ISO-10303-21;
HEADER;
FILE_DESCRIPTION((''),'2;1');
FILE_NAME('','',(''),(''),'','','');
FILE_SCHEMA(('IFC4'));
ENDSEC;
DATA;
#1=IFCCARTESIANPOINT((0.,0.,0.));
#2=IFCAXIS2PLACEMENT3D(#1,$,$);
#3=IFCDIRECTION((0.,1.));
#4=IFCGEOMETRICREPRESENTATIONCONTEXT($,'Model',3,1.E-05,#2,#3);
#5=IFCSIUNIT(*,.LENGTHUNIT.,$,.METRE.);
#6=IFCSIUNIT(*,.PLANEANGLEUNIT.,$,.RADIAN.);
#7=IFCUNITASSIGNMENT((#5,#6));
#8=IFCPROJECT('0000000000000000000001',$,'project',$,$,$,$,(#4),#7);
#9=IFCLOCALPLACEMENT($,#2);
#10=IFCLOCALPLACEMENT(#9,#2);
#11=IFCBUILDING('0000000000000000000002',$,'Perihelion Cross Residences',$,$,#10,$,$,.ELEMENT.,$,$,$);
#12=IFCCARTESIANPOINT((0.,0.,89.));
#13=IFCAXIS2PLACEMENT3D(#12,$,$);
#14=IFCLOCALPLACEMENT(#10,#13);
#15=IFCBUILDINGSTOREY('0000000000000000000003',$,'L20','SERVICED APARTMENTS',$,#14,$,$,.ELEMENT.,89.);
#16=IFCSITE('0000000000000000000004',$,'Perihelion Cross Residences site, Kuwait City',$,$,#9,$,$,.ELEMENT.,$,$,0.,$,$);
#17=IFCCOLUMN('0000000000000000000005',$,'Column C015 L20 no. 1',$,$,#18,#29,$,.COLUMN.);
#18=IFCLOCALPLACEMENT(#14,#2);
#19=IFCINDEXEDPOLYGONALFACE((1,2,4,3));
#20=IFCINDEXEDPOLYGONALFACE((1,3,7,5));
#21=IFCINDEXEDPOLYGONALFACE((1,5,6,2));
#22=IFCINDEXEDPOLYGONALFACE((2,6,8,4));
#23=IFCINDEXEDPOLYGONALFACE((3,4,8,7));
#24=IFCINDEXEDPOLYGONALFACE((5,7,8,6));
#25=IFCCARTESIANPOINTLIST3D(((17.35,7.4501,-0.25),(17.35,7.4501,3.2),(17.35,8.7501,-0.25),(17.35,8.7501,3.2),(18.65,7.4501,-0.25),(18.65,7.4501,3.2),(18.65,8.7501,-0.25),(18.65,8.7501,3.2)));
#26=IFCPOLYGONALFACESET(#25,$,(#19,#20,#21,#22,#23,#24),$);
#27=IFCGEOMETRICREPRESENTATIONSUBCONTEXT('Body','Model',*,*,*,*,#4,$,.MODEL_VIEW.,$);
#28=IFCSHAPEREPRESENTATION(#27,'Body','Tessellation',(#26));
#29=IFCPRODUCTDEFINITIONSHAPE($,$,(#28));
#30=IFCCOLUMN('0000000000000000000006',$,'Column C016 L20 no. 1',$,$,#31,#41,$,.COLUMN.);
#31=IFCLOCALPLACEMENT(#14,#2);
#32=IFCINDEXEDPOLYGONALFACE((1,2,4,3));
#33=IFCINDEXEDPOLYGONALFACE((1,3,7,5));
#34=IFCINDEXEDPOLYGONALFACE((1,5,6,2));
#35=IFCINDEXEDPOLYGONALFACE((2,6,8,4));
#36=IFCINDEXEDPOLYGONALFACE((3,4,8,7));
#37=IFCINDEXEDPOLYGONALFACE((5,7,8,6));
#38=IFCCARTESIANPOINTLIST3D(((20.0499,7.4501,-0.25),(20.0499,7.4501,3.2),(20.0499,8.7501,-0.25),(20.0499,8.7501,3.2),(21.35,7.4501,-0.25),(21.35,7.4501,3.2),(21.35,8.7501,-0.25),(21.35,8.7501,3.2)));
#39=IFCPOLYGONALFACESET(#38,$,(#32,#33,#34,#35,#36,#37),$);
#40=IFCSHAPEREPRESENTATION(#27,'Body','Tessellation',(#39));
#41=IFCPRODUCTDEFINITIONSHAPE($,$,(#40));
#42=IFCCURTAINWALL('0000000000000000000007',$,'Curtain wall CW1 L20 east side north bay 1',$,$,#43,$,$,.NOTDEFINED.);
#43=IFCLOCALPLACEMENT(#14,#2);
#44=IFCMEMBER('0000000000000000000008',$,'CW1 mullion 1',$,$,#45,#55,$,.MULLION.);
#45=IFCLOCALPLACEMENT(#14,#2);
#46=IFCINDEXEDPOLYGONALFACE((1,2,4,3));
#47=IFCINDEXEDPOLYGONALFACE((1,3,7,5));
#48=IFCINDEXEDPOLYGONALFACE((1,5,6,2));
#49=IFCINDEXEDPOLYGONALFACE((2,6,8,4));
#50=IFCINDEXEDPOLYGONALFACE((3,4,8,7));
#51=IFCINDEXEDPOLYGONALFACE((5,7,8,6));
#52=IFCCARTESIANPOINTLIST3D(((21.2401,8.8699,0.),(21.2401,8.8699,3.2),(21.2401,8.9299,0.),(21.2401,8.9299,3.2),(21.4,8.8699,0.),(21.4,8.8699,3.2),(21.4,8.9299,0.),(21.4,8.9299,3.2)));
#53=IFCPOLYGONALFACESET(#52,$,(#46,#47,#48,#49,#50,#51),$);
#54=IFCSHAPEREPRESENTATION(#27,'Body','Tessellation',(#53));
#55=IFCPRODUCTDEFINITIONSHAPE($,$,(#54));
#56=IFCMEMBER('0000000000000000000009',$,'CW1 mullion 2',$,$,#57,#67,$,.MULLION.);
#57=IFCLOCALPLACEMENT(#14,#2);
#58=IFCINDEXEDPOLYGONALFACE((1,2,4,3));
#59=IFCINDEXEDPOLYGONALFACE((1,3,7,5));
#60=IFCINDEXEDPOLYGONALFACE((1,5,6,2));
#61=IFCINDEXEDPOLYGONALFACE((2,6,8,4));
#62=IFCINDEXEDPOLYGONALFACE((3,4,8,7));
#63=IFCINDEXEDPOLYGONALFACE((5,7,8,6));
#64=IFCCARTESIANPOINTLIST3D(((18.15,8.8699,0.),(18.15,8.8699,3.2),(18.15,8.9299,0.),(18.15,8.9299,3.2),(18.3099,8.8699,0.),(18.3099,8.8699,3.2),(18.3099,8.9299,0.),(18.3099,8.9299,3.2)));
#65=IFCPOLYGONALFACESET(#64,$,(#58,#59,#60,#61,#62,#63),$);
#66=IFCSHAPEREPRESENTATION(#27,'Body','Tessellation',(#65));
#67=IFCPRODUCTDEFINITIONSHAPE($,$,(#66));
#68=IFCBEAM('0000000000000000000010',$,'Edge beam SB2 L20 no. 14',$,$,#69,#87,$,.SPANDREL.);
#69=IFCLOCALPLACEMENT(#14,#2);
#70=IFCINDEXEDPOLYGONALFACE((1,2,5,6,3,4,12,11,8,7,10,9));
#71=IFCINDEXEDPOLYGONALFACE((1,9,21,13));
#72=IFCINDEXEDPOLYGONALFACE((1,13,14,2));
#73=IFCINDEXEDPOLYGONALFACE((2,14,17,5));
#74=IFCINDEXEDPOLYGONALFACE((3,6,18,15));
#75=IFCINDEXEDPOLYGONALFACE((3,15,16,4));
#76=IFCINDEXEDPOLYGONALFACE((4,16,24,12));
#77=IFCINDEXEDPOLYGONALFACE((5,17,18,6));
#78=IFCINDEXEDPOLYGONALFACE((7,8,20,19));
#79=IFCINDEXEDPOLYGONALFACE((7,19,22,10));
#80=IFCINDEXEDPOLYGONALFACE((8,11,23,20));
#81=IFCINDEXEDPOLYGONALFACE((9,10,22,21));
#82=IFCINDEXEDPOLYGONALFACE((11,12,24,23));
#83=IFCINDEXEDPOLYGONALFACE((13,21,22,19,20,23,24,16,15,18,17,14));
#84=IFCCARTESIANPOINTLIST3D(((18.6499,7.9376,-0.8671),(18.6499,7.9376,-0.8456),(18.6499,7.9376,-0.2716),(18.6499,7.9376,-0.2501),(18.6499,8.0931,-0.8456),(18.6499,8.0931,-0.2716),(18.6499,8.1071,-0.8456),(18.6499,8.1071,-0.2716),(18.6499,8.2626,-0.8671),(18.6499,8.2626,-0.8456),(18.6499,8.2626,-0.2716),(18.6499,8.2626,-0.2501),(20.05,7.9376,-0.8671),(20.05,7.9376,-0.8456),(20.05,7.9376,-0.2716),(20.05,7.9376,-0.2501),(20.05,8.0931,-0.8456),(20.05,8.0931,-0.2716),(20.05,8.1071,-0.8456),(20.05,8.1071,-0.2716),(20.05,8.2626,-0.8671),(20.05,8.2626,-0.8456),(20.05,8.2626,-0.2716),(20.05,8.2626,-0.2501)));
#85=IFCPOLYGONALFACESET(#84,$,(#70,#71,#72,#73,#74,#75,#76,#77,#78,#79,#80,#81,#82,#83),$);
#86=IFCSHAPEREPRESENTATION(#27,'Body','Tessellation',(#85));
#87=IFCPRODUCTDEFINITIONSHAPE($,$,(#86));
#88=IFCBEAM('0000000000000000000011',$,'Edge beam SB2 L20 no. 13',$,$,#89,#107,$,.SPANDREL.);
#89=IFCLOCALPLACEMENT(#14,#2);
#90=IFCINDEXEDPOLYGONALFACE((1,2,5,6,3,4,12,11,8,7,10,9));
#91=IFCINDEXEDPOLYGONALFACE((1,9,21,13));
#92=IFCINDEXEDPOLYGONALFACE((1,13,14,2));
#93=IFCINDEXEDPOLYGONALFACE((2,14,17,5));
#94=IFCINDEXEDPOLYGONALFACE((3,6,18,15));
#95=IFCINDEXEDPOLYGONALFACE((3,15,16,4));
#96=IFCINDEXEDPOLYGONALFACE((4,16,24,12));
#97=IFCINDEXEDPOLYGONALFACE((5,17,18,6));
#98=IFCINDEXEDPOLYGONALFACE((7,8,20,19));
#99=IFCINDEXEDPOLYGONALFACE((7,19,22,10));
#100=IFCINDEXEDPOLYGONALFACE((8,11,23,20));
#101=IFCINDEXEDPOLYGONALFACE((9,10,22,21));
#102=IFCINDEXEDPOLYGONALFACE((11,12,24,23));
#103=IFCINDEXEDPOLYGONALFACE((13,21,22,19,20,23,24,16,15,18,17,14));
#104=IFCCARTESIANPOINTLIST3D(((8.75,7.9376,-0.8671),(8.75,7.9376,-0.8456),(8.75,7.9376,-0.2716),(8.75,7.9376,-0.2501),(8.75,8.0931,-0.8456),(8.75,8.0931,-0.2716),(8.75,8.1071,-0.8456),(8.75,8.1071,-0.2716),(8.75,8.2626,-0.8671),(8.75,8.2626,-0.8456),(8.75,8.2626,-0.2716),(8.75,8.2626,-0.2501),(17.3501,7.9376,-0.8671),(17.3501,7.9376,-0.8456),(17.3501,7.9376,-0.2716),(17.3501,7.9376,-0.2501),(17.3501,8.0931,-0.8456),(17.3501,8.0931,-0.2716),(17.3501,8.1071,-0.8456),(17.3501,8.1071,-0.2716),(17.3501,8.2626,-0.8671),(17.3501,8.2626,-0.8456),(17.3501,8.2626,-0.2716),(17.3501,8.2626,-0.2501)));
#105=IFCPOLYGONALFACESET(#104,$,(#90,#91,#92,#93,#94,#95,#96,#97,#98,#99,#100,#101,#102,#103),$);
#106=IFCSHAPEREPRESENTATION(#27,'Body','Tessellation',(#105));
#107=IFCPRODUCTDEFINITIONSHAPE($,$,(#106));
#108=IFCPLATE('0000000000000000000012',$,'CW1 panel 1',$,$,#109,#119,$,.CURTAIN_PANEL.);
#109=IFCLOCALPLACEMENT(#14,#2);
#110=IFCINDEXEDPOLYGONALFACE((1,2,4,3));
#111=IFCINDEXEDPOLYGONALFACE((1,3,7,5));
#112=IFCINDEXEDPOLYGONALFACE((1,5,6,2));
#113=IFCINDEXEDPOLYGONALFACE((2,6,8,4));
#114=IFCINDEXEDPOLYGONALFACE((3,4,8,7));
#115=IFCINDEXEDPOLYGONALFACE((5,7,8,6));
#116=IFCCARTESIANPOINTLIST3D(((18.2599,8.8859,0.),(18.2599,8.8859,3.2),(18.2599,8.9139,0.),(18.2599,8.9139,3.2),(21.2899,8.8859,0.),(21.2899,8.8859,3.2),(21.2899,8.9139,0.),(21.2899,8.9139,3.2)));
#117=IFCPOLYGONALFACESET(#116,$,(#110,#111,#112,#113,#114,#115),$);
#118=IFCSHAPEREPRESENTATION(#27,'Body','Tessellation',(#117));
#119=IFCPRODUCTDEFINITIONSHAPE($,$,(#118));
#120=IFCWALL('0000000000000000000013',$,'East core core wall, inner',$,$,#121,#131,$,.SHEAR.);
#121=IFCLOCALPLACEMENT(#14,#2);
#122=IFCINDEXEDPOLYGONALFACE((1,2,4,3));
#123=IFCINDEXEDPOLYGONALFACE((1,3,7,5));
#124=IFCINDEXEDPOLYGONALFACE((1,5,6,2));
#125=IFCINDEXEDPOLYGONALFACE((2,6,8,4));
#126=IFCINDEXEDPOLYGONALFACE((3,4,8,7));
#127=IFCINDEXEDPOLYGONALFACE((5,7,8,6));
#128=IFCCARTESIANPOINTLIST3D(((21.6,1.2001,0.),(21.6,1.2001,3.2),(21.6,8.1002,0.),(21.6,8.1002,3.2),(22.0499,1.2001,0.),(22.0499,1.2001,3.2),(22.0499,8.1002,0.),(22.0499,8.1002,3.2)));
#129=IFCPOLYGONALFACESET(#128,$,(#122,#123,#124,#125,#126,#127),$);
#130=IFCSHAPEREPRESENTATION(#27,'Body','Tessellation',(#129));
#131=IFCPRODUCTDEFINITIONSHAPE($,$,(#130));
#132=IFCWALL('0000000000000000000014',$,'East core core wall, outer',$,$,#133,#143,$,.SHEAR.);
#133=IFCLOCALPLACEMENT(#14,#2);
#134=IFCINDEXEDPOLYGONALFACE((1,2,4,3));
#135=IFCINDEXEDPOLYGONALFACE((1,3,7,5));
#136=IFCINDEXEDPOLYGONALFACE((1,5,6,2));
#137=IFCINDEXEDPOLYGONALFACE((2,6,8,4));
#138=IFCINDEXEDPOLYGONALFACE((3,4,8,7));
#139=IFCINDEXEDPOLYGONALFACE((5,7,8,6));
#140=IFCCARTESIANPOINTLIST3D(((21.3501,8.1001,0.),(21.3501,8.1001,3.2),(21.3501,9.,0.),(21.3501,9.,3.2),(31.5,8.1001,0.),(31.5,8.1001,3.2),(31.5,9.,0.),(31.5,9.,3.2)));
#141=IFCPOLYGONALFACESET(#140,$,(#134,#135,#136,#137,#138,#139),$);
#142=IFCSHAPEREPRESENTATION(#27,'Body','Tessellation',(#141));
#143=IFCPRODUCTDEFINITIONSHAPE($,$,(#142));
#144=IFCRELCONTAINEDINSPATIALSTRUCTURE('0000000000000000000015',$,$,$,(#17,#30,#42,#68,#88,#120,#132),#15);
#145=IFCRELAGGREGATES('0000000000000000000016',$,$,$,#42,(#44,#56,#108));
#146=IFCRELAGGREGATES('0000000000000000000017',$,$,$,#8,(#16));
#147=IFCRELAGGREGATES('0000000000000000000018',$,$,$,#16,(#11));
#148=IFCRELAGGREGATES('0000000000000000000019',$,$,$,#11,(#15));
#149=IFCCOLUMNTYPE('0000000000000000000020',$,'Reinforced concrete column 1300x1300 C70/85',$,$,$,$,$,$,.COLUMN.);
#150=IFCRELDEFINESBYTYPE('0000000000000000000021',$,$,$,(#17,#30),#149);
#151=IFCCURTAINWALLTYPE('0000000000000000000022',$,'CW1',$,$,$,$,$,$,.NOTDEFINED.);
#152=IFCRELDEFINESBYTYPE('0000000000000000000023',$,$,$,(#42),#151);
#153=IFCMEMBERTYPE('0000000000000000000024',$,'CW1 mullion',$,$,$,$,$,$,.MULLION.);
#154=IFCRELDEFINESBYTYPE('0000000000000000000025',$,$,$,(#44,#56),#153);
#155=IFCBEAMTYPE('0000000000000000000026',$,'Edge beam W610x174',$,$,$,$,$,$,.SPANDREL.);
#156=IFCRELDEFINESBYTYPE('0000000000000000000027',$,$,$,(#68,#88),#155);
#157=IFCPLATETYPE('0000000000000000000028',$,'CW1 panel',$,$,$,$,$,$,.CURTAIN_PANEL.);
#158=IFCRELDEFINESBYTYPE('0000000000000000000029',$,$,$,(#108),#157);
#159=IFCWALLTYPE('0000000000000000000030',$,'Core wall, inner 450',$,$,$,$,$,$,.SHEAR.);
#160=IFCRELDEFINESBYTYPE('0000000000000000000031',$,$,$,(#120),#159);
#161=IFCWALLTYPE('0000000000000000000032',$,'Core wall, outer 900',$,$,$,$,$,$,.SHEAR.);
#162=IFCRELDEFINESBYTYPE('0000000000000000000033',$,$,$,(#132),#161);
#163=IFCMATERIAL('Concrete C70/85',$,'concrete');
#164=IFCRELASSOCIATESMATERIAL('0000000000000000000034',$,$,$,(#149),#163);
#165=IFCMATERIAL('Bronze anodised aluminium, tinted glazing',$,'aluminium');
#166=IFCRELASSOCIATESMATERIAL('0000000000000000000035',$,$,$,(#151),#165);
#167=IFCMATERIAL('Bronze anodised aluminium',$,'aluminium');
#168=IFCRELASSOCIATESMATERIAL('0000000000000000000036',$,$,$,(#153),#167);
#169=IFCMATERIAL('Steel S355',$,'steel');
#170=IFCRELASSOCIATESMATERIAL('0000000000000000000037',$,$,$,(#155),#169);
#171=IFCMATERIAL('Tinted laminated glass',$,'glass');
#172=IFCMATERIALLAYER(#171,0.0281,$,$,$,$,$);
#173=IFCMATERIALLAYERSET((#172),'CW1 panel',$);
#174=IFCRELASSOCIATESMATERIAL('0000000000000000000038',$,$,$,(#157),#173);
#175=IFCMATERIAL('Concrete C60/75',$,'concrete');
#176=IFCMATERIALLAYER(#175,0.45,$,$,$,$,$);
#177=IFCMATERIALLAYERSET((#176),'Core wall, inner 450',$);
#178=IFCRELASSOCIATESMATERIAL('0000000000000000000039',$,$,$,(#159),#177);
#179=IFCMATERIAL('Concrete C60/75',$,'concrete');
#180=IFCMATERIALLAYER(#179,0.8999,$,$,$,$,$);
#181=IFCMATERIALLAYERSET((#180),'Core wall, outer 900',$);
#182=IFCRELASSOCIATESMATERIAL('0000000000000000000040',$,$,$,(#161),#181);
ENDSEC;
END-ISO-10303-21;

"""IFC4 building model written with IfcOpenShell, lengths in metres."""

from ifc_helpers import new_model, si_unit, direction, frame, frame_2d, origin, origin_2d, place, context, subcontext, project, spatial, rectangle, i_section, extrude, material, layer, layer_set, material_profile, profile_set, type_object, element, aggregate, save


model = new_model("IFC4")

# Units and contexts
model_context = context("Model", 3, precision=1e-05, world=origin(), true_north=direction((0.0, 1.0)))
body_context = subcontext(model_context, "Body", "Model", "MODEL_VIEW")
ifc_project = project(units=[si_unit("LENGTHUNIT", "METRE"), si_unit("PLANEANGLEUNIT", "RADIAN")], contexts=[model_context])

# Site, building, storey
site_placement = place(None, origin())
site = spatial("IfcSite", under=ifc_project, at=site_placement, Name="Perihelion Cross Residences site, Kuwait City", CompositionType="ELEMENT", RefElevation=0.0)
building_placement = place(site_placement, origin())
building = spatial("IfcBuilding", under=site, at=building_placement, Name="Perihelion Cross Residences", CompositionType="ELEMENT")
storey_placement = place(building_placement, frame((0.0, 0.0, 89.0)))
storey = spatial("IfcBuildingStorey", under=building, at=storey_placement, Name="L20", Description="SERVICED APARTMENTS", CompositionType="ELEMENT", Elevation=89.0)

# Columns
ifc_material_1 = material(Name="Concrete C70/85", Category="concrete")
ifc_material_profile_1 = material_profile(ifc_material_1, rectangle(XDim=1.3, YDim=1.3, at=origin_2d()), Name="RC 1300x1300")
ifc_profile_set_1 = profile_set([ifc_material_profile_1], Name="Concrete C70/85")
column_type = type_object("IfcColumnType", Name="Reinforced concrete column 1300x1300 C70/85", PredefinedType="COLUMN", material=ifc_profile_set_1)
for number, where, z_axis, x_axis, name in (
    (1, (18.0, 8.1001, -0.25), (0.0, 0.0, 1.0), (1.0, 0.0, 0.0), "Column C015 L20 no. 1"),
    (2, (20.7, 8.1001, -0.25), (0.0, 0.0, 1.0), (1.0, 0.0, 0.0), "Column C016 L20 no. 1"),
):
    element("IfcColumn", number, at=place(storey_placement, frame(where, z_axis=z_axis, x_axis=x_axis)), inside=storey, type_object=column_type, Name=name, PredefinedType="COLUMN", context=body_context, shape_type="SweptSolid", body=[
        extrude(rectangle(XDim=1.3, YDim=1.3, at=origin_2d()), origin(), (0.0, 0.0, 1.0), 3.45),
    ])

# Curtain wall, members
ifc_material_2 = material(Name="Bronze anodised aluminium, tinted glazing", Category="aluminium")
curtain_wall_type = type_object("IfcCurtainWallType", Name="CW1", PredefinedType="NOTDEFINED", material=ifc_material_2)
curtain_wall_placement = place(storey_placement, origin())
curtain_wall = element("IfcCurtainWall", 3, at=curtain_wall_placement, inside=storey, type_object=curtain_wall_type, Name="Curtain wall CW1 L20 east side north bay 1", PredefinedType="NOTDEFINED")
ifc_material_3 = material(Name="Bronze anodised aluminium", Category="aluminium")
ifc_material_profile_2 = material_profile(ifc_material_3, rectangle(XDim=0.0601, YDim=0.1599, at=origin_2d()), Name="CW1 mullion")
ifc_profile_set_2 = profile_set([ifc_material_profile_2], Name="Bronze anodised aluminium")
member_type = type_object("IfcMemberType", Name="CW1 mullion", PredefinedType="MULLION", material=ifc_profile_set_2)
member_1_placement = place(storey_placement, frame((21.3201, 8.8999, 0.0), z_axis=(0.0, 0.0, 1.0), x_axis=(0.0, -1.0, 0.0)))
member_1 = element("IfcMember", 4, at=member_1_placement, type_object=member_type, Name="CW1 mullion 1", PredefinedType="MULLION", context=body_context, shape_type="SweptSolid", body=[
    extrude(rectangle(XDim=0.0601, YDim=0.1599, at=origin_2d()), origin(), (0.0, 0.0, 1.0), 3.2),
])
member_2_placement = place(storey_placement, frame((18.23, 8.8999, 0.0), z_axis=(0.0, 0.0, 1.0), x_axis=(0.0, -1.0, 0.0)))
member_2 = element("IfcMember", 5, at=member_2_placement, type_object=member_type, Name="CW1 mullion 2", PredefinedType="MULLION", context=body_context, shape_type="SweptSolid", body=[
    extrude(rectangle(XDim=0.0601, YDim=0.1599, at=origin_2d()), origin(), (0.0, 0.0, 1.0), 3.2),
])

# Beams
ifc_material_4 = material(Name="Steel S355", Category="steel")
ifc_material_profile_3 = material_profile(ifc_material_4, i_section(OverallWidth=0.325, OverallDepth=0.6169, WebThickness=0.0139, FlangeThickness=0.0215, at=origin_2d()), Name="W610x174")
ifc_profile_set_3 = profile_set([ifc_material_profile_3], Name="Steel S355")
beam_type = type_object("IfcBeamType", Name="Edge beam W610x174", PredefinedType="SPANDREL", material=ifc_profile_set_3)
beam_1_placement = place(storey_placement, frame((20.05, 8.1001, -0.5586), z_axis=(-1.0, 0.0, 0.0), x_axis=(0.0, -1.0, 0.0)))
element("IfcBeam", 6, at=beam_1_placement, inside=storey, type_object=beam_type, Name="Edge beam SB2 L20 no. 14", PredefinedType="SPANDREL", context=body_context, shape_type="SweptSolid", body=[
    extrude(i_section(OverallWidth=0.325, OverallDepth=0.6169, WebThickness=0.0139, FlangeThickness=0.0215, at=origin_2d()), origin(), (0.0, 0.0, 1.0), 1.4001),
])
beam_2_placement = place(storey_placement, frame((17.3501, 8.1001, -0.5586), z_axis=(-1.0, 0.0, 0.0), x_axis=(0.0, -1.0, 0.0)))
element("IfcBeam", 7, at=beam_2_placement, inside=storey, type_object=beam_type, Name="Edge beam SB2 L20 no. 13", PredefinedType="SPANDREL", context=body_context, shape_type="SweptSolid", body=[
    extrude(i_section(OverallWidth=0.325, OverallDepth=0.6169, WebThickness=0.0139, FlangeThickness=0.0215, at=origin_2d()), origin(), (0.0, 0.0, 1.0), 8.6001),
])

# Plate
ifc_material_5 = material(Name="Tinted laminated glass", Category="glass")
ifc_layer_1 = layer(ifc_material_5, 0.0281)
ifc_layer_set_1 = layer_set([ifc_layer_1], Name="CW1 panel")
plate_type = type_object("IfcPlateType", Name="CW1 panel", PredefinedType="CURTAIN_PANEL", material=ifc_layer_set_1)
plate_placement = place(storey_placement, frame((19.7749, 8.8999, 0.0), z_axis=(0.0, 0.0, 1.0), x_axis=(-1.0, 0.0, 0.0)))
plate = element("IfcPlate", 8, at=plate_placement, type_object=plate_type, Name="CW1 panel 1", PredefinedType="CURTAIN_PANEL", context=body_context, shape_type="SweptSolid", body=[
    extrude(rectangle(XDim=3.03, YDim=0.0281, at=origin_2d()), origin(), (0.0, 0.0, 1.0), 3.2),
])
aggregate(curtain_wall, [member_1, member_2, plate])

# Walls
ifc_material_6 = material(Name="Concrete C60/75", Category="concrete")
ifc_layer_2 = layer(ifc_material_6, 0.45)
ifc_layer_set_2 = layer_set([ifc_layer_2], Name="Core wall, inner 450")
wall_type_1 = type_object("IfcWallType", Name="Core wall, inner 450", PredefinedType="SHEAR", material=ifc_layer_set_2)
wall_1_placement = place(storey_placement, frame((21.825, 1.2, 0.0), z_axis=(0.0, 0.0, 1.0), x_axis=(0.0, 1.0, 0.0)))
element("IfcWall", 9, at=wall_1_placement, inside=storey, type_object=wall_type_1, Name="East core core wall, inner", PredefinedType="SHEAR", context=body_context, shape_type="SweptSolid", body=[
    extrude(rectangle(XDim=6.9001, YDim=0.45, at=frame_2d((3.4502, 0.0))), origin(), (0.0, 0.0, 1.0), 3.2),
])
ifc_material_7 = material(Name="Concrete C60/75", Category="concrete")
ifc_layer_3 = layer(ifc_material_7, 0.8999)
ifc_layer_set_3 = layer_set([ifc_layer_3], Name="Core wall, outer 900")
wall_type_2 = type_object("IfcWallType", Name="Core wall, outer 900", PredefinedType="SHEAR", material=ifc_layer_set_3)
wall_2_placement = place(storey_placement, frame((21.3501, 8.55, 0.0), z_axis=(0.0, 0.0, 1.0), x_axis=(1.0, 0.0, 0.0)))
element("IfcWall", 10, at=wall_2_placement, inside=storey, type_object=wall_type_2, Name="East core core wall, outer", PredefinedType="SHEAR", context=body_context, shape_type="SweptSolid", body=[
    extrude(rectangle(XDim=10.1499, YDim=0.8999, at=frame_2d((5.075, 0.0))), origin(), (0.0, 0.0, 1.0), 3.2),
])

save(model, "model.ifc")
